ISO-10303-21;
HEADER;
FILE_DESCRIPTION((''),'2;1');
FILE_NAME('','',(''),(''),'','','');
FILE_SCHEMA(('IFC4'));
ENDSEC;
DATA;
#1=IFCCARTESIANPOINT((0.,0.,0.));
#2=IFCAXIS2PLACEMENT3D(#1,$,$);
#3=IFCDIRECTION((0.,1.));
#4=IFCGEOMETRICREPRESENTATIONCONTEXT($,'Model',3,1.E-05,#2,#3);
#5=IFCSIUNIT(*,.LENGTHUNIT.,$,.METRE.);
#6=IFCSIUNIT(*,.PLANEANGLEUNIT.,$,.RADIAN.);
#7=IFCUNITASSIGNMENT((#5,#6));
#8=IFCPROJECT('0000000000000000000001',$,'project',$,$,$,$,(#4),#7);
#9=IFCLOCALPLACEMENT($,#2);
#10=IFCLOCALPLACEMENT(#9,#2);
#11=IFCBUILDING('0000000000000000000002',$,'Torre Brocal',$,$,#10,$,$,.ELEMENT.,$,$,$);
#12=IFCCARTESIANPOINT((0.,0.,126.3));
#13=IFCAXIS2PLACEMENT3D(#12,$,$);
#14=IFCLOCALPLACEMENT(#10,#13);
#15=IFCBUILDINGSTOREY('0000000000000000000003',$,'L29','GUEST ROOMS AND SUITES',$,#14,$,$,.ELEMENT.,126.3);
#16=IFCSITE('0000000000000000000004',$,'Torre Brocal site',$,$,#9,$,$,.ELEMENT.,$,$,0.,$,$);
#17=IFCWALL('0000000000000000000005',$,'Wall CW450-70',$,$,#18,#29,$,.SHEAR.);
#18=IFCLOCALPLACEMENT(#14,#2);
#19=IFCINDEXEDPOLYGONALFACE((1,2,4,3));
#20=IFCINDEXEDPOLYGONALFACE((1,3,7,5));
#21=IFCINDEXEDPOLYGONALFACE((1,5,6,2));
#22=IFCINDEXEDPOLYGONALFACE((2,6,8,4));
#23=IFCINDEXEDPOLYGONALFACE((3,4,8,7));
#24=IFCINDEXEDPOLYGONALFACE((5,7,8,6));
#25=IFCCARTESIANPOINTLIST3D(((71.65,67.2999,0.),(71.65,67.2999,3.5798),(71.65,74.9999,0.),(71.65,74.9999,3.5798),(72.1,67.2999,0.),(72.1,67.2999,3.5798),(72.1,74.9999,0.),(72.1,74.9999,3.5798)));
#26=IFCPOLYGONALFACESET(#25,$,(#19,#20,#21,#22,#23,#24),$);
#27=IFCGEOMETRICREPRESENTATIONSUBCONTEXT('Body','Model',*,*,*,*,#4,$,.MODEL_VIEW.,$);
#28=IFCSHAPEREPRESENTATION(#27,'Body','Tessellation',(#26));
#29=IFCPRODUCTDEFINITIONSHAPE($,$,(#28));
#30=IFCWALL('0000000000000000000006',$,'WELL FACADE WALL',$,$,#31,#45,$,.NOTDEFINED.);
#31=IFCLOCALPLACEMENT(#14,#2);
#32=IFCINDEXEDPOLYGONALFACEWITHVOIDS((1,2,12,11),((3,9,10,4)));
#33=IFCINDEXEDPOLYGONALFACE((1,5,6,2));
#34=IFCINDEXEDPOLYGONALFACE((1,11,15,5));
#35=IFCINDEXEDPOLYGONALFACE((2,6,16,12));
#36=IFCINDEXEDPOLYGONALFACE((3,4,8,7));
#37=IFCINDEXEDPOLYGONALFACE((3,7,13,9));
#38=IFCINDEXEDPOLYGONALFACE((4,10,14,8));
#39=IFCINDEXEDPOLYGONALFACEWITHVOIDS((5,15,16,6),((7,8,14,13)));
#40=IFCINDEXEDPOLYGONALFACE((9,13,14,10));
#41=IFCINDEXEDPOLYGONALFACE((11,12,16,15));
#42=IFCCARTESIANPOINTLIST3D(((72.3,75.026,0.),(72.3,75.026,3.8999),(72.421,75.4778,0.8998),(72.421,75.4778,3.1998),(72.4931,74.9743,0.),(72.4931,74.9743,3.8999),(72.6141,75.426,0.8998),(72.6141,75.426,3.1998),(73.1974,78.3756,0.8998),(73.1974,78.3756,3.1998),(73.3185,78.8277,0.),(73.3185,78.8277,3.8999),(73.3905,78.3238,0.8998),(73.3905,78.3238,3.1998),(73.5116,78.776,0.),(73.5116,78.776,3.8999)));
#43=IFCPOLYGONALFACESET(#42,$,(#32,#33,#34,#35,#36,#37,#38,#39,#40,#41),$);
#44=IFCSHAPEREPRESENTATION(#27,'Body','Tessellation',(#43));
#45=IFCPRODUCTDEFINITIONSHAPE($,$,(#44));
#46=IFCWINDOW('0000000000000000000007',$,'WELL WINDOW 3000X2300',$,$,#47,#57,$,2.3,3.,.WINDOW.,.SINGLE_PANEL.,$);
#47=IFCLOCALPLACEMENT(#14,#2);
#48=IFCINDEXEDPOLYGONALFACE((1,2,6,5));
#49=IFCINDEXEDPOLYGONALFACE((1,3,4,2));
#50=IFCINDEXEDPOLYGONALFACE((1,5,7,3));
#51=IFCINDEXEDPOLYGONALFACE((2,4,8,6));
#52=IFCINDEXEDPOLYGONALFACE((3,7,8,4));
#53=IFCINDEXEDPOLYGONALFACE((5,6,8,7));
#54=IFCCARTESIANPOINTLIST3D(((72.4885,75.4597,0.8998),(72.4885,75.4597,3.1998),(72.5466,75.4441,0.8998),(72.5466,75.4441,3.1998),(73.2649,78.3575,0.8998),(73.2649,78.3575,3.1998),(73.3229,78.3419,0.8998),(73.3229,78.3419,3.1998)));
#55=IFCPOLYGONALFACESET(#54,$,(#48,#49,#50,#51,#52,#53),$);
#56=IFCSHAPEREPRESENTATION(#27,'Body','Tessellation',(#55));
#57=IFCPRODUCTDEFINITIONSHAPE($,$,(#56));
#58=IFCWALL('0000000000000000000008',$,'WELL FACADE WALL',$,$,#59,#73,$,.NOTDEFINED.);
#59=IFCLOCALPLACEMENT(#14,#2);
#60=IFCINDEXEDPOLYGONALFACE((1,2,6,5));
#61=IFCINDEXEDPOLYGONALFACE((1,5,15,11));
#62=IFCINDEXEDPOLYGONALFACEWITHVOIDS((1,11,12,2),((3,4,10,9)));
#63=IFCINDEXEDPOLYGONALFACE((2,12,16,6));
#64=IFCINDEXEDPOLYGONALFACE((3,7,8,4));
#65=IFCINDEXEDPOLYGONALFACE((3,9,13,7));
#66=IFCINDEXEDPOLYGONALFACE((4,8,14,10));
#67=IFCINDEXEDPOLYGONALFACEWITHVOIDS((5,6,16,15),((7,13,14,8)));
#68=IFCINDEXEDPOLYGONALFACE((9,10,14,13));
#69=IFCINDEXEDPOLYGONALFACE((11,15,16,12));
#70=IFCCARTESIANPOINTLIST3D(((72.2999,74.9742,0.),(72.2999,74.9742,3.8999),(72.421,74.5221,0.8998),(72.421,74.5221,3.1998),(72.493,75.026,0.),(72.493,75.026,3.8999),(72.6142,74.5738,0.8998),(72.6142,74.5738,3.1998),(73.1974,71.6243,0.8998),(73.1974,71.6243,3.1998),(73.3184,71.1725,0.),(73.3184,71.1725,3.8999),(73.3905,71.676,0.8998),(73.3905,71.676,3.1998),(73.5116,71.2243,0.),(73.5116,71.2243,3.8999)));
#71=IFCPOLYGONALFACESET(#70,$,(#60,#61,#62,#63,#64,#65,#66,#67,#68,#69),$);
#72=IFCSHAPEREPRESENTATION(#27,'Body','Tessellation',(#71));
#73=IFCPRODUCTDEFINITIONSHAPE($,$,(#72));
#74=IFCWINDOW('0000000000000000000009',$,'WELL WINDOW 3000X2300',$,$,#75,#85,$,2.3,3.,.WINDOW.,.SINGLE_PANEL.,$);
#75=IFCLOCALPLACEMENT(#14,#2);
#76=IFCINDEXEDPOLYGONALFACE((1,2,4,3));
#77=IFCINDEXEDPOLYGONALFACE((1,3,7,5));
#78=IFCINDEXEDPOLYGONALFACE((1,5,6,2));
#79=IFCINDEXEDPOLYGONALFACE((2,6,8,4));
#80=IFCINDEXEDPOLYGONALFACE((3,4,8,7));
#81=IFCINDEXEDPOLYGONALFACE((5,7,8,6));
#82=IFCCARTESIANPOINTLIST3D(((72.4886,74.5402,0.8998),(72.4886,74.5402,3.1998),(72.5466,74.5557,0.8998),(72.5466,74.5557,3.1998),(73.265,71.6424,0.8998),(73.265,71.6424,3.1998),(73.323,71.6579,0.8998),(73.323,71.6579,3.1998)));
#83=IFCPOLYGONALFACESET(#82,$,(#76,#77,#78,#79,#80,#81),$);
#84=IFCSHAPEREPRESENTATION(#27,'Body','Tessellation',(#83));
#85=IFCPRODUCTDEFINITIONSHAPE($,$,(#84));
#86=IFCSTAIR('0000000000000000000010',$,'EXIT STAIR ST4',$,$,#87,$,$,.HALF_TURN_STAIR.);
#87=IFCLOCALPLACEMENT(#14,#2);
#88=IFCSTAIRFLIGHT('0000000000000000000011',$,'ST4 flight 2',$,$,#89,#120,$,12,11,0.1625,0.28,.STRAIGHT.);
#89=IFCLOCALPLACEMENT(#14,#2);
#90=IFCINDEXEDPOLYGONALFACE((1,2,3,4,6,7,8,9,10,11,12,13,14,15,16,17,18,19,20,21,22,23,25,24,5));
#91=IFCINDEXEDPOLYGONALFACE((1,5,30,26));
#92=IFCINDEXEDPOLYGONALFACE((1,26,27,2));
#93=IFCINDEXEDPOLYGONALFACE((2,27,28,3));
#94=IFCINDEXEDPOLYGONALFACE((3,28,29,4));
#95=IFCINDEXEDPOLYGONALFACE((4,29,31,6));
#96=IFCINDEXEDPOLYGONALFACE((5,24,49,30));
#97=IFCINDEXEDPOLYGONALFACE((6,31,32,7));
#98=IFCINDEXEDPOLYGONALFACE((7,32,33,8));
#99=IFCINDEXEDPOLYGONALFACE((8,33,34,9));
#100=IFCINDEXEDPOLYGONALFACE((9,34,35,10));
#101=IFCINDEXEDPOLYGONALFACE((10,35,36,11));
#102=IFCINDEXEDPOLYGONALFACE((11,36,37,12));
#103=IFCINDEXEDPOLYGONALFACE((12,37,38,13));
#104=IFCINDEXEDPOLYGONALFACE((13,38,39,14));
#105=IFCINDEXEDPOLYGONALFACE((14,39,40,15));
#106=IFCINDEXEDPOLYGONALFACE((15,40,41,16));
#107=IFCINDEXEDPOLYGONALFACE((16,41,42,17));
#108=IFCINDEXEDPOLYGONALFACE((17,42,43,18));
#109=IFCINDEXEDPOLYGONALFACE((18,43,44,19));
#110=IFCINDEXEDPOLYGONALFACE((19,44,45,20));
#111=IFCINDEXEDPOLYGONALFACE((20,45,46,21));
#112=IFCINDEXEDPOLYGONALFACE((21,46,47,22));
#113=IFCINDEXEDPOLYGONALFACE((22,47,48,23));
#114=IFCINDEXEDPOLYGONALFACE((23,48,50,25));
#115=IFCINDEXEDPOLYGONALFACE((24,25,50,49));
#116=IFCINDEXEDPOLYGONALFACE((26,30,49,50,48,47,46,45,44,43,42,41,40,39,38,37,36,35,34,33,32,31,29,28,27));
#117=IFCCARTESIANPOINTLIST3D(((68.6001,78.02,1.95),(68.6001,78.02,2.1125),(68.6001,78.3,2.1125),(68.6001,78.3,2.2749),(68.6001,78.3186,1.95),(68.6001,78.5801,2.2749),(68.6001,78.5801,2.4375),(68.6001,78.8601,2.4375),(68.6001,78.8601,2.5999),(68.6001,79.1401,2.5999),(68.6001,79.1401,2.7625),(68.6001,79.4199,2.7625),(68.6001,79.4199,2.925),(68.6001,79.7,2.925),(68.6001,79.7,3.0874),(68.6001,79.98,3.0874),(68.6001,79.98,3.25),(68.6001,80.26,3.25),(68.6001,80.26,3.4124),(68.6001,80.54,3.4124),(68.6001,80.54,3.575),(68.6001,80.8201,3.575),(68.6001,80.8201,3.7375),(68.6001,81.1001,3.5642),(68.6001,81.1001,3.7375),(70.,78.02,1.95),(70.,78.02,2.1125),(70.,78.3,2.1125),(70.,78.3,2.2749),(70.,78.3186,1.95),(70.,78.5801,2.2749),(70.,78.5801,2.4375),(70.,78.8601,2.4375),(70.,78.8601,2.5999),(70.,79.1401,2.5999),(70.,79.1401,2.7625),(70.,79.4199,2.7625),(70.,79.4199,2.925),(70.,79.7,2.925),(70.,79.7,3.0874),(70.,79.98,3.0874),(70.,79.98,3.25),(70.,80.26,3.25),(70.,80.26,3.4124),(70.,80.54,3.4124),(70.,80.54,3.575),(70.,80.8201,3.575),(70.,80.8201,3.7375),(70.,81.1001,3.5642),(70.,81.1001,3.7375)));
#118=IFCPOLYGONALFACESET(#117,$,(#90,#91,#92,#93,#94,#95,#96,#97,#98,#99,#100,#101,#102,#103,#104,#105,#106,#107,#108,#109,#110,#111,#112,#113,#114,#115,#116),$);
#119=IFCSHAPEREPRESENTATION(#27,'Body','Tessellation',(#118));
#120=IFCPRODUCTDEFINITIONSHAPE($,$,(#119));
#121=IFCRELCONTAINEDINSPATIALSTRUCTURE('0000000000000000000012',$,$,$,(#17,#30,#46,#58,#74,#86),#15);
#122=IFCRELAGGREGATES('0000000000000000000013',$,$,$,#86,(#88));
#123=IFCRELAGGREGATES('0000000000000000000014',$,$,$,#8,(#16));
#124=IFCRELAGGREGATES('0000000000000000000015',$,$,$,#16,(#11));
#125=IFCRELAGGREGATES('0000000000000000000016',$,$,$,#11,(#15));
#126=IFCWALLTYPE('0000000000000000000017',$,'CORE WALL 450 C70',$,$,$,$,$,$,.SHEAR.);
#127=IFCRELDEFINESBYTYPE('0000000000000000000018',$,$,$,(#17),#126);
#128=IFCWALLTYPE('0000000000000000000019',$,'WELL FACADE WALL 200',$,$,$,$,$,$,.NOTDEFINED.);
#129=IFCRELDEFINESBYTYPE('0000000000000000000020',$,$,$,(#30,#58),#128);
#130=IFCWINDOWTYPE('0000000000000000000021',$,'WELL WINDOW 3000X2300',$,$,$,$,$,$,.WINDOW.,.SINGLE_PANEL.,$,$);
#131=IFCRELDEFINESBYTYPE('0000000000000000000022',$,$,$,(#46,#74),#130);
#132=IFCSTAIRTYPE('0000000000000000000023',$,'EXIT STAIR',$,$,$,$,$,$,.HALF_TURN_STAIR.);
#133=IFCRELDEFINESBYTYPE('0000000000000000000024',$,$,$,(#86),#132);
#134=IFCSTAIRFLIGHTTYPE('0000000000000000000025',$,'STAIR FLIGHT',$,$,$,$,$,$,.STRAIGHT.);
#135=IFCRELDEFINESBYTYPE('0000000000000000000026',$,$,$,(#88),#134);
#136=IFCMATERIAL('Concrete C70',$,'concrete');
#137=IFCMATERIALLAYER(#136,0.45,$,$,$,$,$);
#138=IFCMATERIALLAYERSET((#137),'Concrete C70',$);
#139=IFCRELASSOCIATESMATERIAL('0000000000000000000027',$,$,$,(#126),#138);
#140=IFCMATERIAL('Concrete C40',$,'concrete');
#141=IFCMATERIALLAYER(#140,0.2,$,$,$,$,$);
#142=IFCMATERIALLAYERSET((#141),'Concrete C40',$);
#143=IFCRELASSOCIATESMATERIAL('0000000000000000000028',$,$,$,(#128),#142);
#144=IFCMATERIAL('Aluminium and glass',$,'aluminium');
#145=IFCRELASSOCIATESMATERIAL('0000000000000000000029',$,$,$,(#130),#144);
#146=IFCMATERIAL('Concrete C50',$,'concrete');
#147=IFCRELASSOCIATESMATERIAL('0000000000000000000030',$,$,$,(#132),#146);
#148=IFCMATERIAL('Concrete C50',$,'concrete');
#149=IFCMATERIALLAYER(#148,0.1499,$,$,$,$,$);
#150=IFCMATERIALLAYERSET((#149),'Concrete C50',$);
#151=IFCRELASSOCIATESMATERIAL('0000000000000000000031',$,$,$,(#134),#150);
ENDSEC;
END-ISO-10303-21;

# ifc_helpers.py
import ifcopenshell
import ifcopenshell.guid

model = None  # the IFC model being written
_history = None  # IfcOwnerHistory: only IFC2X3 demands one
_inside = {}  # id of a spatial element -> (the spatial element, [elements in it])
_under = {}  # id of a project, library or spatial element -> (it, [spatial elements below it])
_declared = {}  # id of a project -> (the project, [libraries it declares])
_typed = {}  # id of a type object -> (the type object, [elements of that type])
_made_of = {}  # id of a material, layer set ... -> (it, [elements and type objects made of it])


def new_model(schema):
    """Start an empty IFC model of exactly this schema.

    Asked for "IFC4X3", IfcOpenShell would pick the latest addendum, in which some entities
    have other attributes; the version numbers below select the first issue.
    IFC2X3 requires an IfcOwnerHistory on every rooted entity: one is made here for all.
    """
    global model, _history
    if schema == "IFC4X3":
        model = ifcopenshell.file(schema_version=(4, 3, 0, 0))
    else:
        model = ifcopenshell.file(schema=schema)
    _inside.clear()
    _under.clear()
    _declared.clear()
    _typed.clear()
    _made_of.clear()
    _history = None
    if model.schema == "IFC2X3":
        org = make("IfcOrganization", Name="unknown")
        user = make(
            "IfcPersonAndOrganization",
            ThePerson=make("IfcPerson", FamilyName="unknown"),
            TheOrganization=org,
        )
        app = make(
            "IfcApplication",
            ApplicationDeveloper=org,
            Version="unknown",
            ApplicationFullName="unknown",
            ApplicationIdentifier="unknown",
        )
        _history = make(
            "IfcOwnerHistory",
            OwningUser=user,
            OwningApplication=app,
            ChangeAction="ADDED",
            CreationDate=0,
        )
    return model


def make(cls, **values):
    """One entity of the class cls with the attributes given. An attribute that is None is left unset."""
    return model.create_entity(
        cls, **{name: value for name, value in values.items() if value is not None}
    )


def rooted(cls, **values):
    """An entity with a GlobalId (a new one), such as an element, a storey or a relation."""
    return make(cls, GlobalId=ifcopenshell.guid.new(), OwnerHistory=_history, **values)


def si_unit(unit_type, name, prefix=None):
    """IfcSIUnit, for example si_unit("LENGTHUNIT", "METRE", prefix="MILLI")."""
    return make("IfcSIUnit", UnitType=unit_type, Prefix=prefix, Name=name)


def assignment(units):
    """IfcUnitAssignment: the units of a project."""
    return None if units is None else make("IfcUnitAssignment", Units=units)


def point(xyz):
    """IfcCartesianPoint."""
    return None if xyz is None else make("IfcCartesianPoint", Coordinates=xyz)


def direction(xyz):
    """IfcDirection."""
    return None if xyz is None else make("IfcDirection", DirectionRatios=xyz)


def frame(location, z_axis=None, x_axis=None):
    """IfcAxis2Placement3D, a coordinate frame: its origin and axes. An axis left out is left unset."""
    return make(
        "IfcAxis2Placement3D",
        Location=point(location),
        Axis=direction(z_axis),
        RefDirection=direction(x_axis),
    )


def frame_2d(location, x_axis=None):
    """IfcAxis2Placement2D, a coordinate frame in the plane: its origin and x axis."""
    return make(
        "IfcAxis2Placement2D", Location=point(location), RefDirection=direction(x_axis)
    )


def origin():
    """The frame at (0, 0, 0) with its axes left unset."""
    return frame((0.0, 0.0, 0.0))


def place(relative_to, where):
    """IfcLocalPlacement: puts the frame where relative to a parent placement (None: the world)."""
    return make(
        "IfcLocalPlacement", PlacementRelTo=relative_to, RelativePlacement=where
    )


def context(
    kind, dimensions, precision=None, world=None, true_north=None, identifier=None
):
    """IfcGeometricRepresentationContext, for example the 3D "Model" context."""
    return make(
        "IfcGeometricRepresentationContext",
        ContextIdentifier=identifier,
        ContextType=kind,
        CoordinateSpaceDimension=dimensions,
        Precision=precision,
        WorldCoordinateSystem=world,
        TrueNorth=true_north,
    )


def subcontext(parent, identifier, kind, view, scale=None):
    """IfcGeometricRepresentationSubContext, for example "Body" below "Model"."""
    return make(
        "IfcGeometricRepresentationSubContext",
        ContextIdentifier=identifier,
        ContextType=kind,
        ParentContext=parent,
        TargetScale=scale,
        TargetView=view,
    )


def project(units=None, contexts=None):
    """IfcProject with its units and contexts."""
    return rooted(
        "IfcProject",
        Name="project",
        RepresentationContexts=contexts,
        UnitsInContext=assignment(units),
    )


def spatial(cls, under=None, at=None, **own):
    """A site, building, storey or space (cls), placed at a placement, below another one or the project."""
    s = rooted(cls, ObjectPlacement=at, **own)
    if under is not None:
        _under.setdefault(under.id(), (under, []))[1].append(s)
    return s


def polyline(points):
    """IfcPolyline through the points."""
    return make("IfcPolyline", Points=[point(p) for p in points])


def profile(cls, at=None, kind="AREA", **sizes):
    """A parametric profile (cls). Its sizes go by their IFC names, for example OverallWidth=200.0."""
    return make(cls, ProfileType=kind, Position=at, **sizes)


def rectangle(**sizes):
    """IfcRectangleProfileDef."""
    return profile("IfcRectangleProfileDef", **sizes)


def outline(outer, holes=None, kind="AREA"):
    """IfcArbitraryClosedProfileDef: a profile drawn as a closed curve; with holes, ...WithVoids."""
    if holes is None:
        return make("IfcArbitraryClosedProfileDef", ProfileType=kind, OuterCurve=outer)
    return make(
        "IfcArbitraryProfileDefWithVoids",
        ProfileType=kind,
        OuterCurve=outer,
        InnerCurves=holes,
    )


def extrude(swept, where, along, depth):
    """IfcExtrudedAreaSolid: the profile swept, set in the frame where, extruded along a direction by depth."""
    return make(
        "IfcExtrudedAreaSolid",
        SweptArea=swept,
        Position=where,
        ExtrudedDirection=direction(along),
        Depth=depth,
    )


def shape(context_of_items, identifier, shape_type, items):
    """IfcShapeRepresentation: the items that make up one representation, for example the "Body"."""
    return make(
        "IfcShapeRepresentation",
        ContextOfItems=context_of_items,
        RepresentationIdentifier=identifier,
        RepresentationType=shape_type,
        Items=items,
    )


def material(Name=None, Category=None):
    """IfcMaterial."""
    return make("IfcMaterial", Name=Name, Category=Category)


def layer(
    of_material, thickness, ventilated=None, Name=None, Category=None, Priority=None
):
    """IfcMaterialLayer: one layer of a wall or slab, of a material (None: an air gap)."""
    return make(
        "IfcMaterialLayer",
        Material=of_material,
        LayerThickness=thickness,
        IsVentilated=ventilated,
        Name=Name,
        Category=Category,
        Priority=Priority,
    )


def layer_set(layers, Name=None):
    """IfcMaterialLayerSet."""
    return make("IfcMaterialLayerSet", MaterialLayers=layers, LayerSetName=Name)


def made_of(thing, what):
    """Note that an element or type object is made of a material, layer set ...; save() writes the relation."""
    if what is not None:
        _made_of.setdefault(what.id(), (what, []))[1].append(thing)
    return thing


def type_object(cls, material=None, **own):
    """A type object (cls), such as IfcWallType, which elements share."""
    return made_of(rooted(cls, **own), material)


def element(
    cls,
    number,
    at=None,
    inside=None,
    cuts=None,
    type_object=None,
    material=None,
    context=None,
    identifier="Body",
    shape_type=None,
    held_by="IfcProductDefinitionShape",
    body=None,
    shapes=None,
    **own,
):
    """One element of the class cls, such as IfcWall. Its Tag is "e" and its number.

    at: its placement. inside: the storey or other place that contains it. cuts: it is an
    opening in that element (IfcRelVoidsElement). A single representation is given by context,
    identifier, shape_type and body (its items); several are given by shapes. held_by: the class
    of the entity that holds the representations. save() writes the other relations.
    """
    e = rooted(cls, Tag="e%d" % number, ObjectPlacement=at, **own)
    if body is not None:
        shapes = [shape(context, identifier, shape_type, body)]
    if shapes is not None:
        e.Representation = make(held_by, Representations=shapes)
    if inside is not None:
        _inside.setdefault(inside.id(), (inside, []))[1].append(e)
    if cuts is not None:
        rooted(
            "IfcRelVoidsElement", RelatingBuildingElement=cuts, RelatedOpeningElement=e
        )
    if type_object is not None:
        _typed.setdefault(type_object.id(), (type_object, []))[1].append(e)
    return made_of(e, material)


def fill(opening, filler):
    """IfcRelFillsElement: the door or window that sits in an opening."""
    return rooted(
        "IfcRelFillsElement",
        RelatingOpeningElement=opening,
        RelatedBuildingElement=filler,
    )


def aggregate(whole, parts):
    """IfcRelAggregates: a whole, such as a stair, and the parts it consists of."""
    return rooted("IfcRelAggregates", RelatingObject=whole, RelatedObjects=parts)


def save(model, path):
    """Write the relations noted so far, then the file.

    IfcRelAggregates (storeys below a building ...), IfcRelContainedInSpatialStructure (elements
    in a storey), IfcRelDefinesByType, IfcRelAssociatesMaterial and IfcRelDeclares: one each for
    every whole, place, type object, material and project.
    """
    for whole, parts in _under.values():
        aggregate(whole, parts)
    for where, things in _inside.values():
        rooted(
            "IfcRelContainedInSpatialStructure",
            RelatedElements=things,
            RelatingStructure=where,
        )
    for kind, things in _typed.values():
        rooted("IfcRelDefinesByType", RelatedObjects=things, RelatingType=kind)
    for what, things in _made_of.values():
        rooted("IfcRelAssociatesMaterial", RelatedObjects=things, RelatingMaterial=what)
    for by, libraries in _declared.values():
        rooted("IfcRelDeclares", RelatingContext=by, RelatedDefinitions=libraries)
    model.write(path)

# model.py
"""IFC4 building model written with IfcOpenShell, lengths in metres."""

from ifc_helpers import new_model, si_unit, direction, frame, frame_2d, origin, place, context, subcontext, project, spatial, polyline, rectangle, outline, extrude, material, layer, layer_set, type_object, element, fill, aggregate, save


model = new_model("IFC4")

# Units and contexts
model_context = context("Model", 3, precision=1e-05, world=origin(), true_north=direction((0.0, 1.0)))
body_context = subcontext(model_context, "Body", "Model", "MODEL_VIEW")
ifc_project = project(units=[si_unit("LENGTHUNIT", "METRE"), si_unit("PLANEANGLEUNIT", "RADIAN")], contexts=[model_context])

# Site, building, storey
site_placement = place(None, origin())
site = spatial("IfcSite", under=ifc_project, at=site_placement, Name="Torre Brocal site", CompositionType="ELEMENT", RefElevation=0.0)
building_placement = place(site_placement, origin())
building = spatial("IfcBuilding", under=site, at=building_placement, Name="Torre Brocal", CompositionType="ELEMENT")
storey_placement = place(building_placement, frame((0.0, 0.0, 126.3)))
storey = spatial("IfcBuildingStorey", under=building, at=storey_placement, Name="L29", Description="GUEST ROOMS AND SUITES", CompositionType="ELEMENT", Elevation=126.3)

# Wall
ifc_material_1 = material(Name="Concrete C70", Category="concrete")
ifc_layer_1 = layer(ifc_material_1, 0.45)
ifc_layer_set_1 = layer_set([ifc_layer_1], Name="Concrete C70")
wall_type_1 = type_object("IfcWallType", Name="CORE WALL 450 C70", PredefinedType="SHEAR", material=ifc_layer_set_1)
wall_1_placement = place(storey_placement, frame((71.875, 75.0, 0.0), z_axis=(0.0, 0.0, 1.0), x_axis=(0.0, -1.0, 0.0)))
element("IfcWall", 1, at=wall_1_placement, inside=storey, type_object=wall_type_1, Name="Wall CW450-70", PredefinedType="SHEAR", context=body_context, shape_type="SweptSolid", body=[
    extrude(rectangle(XDim=7.7, YDim=0.45, at=frame_2d((3.8501, 0.0))), origin(), (0.0, 0.0, 1.0), 3.5798),
])

# Walls, openings, windows
ifc_material_2 = material(Name="Concrete C40", Category="concrete")
ifc_layer_2 = layer(ifc_material_2, 0.2)
ifc_layer_set_2 = layer_set([ifc_layer_2], Name="Concrete C40")
wall_type_2 = type_object("IfcWallType", Name="WELL FACADE WALL 200", PredefinedType="NOTDEFINED", material=ifc_layer_set_2)
wall_2_placement = place(storey_placement, frame((73.415, 78.8018, 0.0), z_axis=(0.0, 0.0, 1.0), x_axis=(-0.25879, -0.965934, 0.0)))
wall_2 = element("IfcWall", 2, at=wall_2_placement, inside=storey, type_object=wall_type_2, Name="WELL FACADE WALL", PredefinedType="NOTDEFINED", context=body_context, shape_type="SweptSolid", body=[
    extrude(rectangle(XDim=3.9358, YDim=0.2, at=frame_2d((1.9678, 0.0))), origin(), (0.0, 0.0, 1.0), 3.8999),
])
opening_1_placement = place(wall_2_placement, frame((0.468, 0.0, 0.8999)))
opening_1 = element("IfcOpeningElement", 3, at=opening_1_placement, cuts=wall_2, PredefinedType="OPENING", context=body_context, shape_type="SweptSolid", body=[
    extrude(rectangle(XDim=3.0, YDim=2.3, at=frame_2d((1.5, 1.1499))), frame((0.0, 0.1099, 0.0), z_axis=(0.0, -1.0, 0.0), x_axis=(1.0, 0.0, 0.0)), (0.0, 0.0, 1.0), 0.22),
])
ifc_material_3 = material(Name="Aluminium and glass", Category="aluminium")
window_type = type_object("IfcWindowType", Name="WELL WINDOW 3000X2300", PartitioningType="SINGLE_PANEL", PredefinedType="WINDOW", material=ifc_material_3)
window_1_placement = place(opening_1_placement, origin())
window_1 = element("IfcWindow", 4, at=window_1_placement, inside=storey, type_object=window_type, Name="WELL WINDOW 3000X2300", OverallHeight=2.3, OverallWidth=3.0, PartitioningType="SINGLE_PANEL", PredefinedType="WINDOW", context=body_context, shape_type="SweptSolid", body=[
    extrude(rectangle(XDim=3.0, YDim=2.3, at=frame_2d((1.5, 1.1499))), frame((0.0, 0.03, 0.0), z_axis=(0.0, -1.0, 0.0), x_axis=(1.0, 0.0, 0.0)), (0.0, 0.0, 1.0), 0.0601),
])
fill(opening_1, window_1)
wall_3_placement = place(storey_placement, frame((72.3965, 75.0, 0.0), z_axis=(0.0, 0.0, 1.0), x_axis=(0.25879, -0.965934, 0.0)))
wall_3 = element("IfcWall", 5, at=wall_3_placement, inside=storey, type_object=wall_type_2, Name="WELL FACADE WALL", PredefinedType="NOTDEFINED", context=body_context, shape_type="SweptSolid", body=[
    extrude(rectangle(XDim=3.9358, YDim=0.2, at=frame_2d((1.9678, 0.0))), origin(), (0.0, 0.0, 1.0), 3.8999),
])
opening_2_placement = place(wall_3_placement, frame((0.468, 0.0, 0.8999)))
opening_2 = element("IfcOpeningElement", 6, at=opening_2_placement, cuts=wall_3, PredefinedType="OPENING", context=body_context, shape_type="SweptSolid", body=[
    extrude(rectangle(XDim=3.0, YDim=2.3, at=frame_2d((1.5, 1.1499))), frame((0.0, 0.1099, 0.0), z_axis=(0.0, -1.0, 0.0), x_axis=(1.0, 0.0, 0.0)), (0.0, 0.0, 1.0), 0.22),
])
window_2_placement = place(opening_2_placement, origin())
window_2 = element("IfcWindow", 7, at=window_2_placement, inside=storey, type_object=window_type, Name="WELL WINDOW 3000X2300", OverallHeight=2.3, OverallWidth=3.0, PartitioningType="SINGLE_PANEL", PredefinedType="WINDOW", context=body_context, shape_type="SweptSolid", body=[
    extrude(rectangle(XDim=3.0, YDim=2.3, at=frame_2d((1.5, 1.1499))), frame((0.0, 0.03, 0.0), z_axis=(0.0, -1.0, 0.0), x_axis=(1.0, 0.0, 0.0)), (0.0, 0.0, 1.0), 0.0601),
])
fill(opening_2, window_2)

# Stair, stair flight
ifc_material_4 = material(Name="Concrete C50", Category="concrete")
stair_type = type_object("IfcStairType", Name="EXIT STAIR", PredefinedType="HALF_TURN_STAIR", material=ifc_material_4)
stair_placement = place(storey_placement, origin())
stair = element("IfcStair", 8, at=stair_placement, inside=storey, type_object=stair_type, Name="EXIT STAIR ST4", PredefinedType="HALF_TURN_STAIR")
ifc_material_5 = material(Name="Concrete C50", Category="concrete")
ifc_layer_3 = layer(ifc_material_5, 0.1499)
ifc_layer_set_3 = layer_set([ifc_layer_3], Name="Concrete C50")
stair_flight_type = type_object("IfcStairFlightType", Name="STAIR FLIGHT", PredefinedType="STRAIGHT", material=ifc_layer_set_3)
stair_flight_placement = place(storey_placement, frame((69.3, 78.02, 1.95), z_axis=(0.0, 0.0, 1.0), x_axis=(0.0, 1.0, 0.0)))
stair_flight = element("IfcStairFlight", 9, at=stair_flight_placement, type_object=stair_flight_type, Name="ST4 flight 2", NumberOfRisers=12, NumberOfTreads=11, PredefinedType="STRAIGHT", RiserHeight=0.1625, TreadLength=0.28, context=body_context, shape_type="SweptSolid", body=[
    extrude(outline(polyline([(0.0, 0.0), (0.0, 0.1626), (0.28, 0.1626), (0.28, 0.325), (0.5601, 0.325), (0.5601, 0.4875), (0.8401, 0.4875), (0.8401, 0.6499), (1.1201, 0.6499), (1.1201, 0.8125), (1.3999, 0.8125), (1.3999, 0.9751), (1.6799, 0.9751), (1.6799, 1.1375), (1.96, 1.1375), (1.96, 1.3), (2.24, 1.3), (2.24, 1.4624), (2.52, 1.4624), (2.52, 1.625), (2.8, 1.625), (2.8, 1.7876), (3.0801, 1.7876), (3.0801, 1.95), (3.0801, 1.6143), (0.2986, 0.0), (0.0, 0.0)])), frame((0.0, 0.7, 0.0), z_axis=(0.0, -1.0, 0.0), x_axis=(1.0, 0.0, 0.0)), (0.0, 0.0, 1.0), 1.3999),
])
aggregate(stair, [stair_flight])

save(model, "model.ifc")
